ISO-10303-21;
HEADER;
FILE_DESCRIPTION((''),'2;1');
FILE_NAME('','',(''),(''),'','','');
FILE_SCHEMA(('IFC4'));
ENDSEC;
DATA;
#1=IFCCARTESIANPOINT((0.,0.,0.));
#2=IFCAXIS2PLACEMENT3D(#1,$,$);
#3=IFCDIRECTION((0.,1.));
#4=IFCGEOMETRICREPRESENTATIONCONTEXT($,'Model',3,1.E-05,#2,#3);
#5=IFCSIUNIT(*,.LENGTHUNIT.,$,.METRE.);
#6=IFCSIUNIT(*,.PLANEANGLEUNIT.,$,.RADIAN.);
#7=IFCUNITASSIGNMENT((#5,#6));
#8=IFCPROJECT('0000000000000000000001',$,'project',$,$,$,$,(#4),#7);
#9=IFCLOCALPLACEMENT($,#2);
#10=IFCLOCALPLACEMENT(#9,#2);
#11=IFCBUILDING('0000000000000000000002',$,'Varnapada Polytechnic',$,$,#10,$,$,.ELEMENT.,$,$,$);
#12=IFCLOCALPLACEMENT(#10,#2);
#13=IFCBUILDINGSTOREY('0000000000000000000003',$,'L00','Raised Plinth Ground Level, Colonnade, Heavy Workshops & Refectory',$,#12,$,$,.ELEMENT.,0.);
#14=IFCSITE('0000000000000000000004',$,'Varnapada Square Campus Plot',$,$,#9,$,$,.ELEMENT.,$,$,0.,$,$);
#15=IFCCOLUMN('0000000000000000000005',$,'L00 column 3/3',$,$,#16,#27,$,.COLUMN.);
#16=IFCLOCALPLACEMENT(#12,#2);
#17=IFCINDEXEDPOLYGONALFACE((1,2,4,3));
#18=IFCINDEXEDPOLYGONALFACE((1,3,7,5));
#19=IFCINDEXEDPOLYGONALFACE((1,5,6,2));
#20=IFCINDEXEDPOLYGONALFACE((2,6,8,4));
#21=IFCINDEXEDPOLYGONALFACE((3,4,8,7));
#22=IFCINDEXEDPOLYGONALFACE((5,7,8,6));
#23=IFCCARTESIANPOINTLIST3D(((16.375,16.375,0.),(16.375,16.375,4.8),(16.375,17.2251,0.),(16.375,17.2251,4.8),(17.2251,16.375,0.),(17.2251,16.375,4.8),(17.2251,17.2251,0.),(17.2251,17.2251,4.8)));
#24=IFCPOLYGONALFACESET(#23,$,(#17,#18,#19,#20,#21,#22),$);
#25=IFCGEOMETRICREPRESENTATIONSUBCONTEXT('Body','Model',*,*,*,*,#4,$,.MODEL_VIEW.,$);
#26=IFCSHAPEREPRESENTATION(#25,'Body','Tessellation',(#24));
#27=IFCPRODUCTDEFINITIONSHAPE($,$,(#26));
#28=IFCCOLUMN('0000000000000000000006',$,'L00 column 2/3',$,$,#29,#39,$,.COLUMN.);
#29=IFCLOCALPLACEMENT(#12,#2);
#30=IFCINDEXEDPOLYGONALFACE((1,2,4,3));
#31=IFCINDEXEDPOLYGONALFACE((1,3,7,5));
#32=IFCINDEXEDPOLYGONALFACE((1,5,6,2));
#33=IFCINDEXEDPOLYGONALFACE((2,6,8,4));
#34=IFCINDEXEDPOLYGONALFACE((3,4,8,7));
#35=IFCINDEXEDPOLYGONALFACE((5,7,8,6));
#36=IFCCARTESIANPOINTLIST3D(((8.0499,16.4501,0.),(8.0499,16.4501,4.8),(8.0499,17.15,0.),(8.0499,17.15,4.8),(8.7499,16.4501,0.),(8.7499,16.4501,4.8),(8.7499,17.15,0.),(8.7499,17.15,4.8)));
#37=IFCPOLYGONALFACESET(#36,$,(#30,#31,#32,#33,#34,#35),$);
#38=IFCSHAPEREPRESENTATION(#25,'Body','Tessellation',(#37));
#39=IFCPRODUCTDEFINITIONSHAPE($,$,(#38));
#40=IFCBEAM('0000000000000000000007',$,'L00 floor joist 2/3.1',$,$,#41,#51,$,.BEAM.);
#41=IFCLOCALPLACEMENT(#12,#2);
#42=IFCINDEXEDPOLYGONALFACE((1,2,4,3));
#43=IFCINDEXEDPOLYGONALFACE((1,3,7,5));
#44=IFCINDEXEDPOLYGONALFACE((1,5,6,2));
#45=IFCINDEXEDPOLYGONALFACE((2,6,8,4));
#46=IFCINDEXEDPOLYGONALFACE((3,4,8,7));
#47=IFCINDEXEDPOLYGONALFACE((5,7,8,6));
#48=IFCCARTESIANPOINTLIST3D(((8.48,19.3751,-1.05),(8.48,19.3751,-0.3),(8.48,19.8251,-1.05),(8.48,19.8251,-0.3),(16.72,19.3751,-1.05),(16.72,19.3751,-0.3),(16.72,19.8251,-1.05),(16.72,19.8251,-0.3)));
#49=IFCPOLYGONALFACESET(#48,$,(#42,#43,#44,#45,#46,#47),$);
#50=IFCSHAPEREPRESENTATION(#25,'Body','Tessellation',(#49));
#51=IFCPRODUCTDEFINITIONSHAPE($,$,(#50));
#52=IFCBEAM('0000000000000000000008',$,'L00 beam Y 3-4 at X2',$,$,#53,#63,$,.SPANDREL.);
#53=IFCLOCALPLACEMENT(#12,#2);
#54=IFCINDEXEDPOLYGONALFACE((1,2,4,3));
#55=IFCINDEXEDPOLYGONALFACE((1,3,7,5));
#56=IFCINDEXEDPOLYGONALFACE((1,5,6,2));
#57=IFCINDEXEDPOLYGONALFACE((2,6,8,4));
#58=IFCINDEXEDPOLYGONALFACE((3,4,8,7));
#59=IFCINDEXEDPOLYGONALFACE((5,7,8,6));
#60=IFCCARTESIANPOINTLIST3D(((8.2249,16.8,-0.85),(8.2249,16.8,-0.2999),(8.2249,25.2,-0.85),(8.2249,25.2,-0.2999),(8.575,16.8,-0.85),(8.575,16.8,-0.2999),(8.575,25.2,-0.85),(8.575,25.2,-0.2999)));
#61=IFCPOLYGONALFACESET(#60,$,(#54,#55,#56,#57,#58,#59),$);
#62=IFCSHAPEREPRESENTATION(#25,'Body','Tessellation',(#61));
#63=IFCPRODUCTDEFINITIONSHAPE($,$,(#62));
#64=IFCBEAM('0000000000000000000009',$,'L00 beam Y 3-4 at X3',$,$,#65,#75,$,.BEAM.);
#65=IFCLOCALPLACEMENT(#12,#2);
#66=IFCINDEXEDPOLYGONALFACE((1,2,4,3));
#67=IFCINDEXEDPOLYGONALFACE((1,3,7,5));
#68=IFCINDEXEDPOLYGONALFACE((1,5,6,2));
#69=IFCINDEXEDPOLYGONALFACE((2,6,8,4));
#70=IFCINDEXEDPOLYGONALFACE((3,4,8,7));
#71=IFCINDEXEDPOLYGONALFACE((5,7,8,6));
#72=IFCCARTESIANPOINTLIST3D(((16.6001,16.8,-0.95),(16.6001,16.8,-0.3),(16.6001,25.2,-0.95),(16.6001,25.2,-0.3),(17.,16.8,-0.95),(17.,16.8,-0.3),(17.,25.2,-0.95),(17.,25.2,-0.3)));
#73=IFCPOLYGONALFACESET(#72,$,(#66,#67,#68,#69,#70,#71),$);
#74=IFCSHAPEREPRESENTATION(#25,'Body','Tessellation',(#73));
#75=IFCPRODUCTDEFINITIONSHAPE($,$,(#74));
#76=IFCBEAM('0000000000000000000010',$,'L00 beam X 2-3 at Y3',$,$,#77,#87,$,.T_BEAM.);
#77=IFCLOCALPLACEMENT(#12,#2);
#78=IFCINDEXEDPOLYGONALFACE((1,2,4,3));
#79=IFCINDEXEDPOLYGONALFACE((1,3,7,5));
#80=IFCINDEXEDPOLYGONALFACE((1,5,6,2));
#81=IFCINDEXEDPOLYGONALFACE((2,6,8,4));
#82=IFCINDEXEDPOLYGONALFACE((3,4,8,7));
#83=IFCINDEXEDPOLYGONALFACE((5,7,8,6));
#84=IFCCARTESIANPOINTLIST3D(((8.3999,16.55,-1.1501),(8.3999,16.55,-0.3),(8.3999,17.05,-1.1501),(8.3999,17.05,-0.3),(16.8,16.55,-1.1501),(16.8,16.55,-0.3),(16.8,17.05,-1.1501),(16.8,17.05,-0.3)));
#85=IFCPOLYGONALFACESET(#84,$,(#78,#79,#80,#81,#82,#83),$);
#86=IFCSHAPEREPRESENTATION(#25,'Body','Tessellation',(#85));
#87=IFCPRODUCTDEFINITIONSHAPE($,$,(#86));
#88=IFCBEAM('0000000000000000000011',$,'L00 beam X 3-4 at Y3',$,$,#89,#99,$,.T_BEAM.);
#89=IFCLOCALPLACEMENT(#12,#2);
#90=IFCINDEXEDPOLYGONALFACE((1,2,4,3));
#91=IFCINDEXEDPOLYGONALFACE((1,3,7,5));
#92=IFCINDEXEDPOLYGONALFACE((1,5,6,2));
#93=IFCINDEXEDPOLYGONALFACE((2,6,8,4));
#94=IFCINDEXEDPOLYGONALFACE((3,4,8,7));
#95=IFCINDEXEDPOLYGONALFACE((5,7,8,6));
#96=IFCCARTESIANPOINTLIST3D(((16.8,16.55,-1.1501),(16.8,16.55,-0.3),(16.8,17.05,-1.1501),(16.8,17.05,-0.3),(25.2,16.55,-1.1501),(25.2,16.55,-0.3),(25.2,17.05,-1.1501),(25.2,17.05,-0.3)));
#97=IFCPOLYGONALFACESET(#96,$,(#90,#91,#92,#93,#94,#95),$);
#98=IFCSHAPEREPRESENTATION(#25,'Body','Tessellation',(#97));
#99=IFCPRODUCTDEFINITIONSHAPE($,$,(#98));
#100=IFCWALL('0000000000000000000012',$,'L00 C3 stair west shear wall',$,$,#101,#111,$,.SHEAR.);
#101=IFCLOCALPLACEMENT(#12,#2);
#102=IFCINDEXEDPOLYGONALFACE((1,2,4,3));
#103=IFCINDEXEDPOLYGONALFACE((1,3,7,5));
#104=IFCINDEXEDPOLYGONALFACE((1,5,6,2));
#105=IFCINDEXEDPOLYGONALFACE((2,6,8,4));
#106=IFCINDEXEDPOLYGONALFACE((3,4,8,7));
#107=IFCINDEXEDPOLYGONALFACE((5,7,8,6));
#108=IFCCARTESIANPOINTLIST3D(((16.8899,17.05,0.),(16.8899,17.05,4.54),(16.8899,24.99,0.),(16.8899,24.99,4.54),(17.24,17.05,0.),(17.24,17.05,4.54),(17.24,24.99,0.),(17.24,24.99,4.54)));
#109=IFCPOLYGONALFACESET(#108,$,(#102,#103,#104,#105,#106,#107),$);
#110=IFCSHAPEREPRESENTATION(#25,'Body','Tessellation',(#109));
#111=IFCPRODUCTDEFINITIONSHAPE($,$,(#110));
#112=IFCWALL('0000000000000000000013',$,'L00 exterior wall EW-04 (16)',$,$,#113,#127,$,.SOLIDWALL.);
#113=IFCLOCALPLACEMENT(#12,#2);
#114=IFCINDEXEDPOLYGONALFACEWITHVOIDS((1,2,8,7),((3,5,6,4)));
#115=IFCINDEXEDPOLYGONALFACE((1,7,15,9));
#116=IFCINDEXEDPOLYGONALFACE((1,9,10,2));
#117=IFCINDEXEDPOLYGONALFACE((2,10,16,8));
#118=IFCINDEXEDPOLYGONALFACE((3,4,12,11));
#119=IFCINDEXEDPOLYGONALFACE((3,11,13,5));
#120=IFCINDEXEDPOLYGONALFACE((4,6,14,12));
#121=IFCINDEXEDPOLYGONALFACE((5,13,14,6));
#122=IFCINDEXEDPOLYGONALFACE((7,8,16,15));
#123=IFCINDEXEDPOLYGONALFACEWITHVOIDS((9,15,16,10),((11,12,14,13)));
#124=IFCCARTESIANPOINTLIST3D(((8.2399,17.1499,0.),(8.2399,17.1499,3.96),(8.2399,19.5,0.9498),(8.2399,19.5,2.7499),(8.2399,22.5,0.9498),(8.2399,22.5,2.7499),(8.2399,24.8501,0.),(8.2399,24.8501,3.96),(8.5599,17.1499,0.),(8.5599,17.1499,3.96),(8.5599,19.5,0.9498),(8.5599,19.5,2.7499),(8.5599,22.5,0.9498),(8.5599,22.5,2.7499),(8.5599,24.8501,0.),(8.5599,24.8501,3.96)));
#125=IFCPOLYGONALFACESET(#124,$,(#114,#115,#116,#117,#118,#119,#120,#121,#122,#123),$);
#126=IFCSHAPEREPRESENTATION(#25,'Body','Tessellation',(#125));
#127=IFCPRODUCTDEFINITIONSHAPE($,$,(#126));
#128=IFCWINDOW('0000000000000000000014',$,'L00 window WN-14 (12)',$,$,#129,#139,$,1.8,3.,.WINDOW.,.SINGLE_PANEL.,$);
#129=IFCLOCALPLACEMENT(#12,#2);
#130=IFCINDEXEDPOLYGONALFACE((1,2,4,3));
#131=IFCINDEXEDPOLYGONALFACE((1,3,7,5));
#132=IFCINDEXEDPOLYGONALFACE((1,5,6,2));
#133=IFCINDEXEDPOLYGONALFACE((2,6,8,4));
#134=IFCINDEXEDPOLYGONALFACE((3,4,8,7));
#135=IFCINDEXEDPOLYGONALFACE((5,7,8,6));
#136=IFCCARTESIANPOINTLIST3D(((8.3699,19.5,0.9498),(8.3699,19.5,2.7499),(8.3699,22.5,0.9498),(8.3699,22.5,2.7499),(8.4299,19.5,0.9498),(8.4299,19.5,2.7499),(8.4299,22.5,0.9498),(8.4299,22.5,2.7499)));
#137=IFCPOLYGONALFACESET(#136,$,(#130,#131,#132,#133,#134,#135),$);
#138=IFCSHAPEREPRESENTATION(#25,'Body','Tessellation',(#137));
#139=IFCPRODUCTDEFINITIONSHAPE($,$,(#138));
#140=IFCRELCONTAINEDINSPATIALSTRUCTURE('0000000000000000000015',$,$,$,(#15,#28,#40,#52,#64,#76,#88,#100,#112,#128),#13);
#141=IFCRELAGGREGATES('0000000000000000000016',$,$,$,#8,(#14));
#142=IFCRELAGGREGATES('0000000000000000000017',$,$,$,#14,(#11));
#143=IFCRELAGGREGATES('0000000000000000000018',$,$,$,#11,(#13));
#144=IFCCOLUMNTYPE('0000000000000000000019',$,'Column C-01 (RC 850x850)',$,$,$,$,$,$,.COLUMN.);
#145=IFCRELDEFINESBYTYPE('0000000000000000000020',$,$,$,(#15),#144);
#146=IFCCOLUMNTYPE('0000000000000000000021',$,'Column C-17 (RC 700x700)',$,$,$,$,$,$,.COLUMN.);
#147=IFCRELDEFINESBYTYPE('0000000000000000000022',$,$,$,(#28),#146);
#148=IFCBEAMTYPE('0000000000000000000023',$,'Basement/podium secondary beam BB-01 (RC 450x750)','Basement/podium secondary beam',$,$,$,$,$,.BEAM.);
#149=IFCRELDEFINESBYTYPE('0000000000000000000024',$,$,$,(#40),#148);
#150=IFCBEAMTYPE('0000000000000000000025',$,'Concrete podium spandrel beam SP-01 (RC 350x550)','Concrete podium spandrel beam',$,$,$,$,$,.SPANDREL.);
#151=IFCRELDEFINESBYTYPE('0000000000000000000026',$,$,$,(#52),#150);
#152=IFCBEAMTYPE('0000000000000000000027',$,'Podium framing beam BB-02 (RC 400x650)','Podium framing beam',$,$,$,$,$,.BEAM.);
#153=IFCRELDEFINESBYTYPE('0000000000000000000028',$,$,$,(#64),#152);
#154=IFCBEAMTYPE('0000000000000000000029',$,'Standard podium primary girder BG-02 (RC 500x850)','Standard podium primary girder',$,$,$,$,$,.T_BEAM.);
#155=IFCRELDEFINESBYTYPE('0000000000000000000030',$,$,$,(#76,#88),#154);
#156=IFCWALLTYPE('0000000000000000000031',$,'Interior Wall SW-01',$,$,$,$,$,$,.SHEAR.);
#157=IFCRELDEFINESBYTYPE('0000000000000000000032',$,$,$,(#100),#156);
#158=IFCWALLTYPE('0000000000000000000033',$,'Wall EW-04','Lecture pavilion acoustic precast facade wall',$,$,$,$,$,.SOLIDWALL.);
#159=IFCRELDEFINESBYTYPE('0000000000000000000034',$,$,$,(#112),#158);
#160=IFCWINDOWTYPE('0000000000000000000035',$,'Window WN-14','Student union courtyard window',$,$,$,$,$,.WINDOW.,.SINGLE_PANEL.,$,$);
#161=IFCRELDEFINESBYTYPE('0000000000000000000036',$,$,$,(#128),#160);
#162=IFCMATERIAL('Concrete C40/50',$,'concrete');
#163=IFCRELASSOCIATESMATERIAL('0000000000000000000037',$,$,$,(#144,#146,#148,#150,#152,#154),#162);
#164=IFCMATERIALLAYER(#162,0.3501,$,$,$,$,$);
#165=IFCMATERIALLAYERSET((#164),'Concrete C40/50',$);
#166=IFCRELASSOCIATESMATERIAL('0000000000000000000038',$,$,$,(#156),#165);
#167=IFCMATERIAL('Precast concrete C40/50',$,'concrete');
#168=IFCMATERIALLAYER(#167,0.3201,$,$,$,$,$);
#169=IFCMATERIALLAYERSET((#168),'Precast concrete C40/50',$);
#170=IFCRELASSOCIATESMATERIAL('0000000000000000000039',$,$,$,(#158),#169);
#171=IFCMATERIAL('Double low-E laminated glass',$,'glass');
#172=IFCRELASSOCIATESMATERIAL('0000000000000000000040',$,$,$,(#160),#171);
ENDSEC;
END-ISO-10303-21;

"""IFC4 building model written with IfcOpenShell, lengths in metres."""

from ifc_helpers import new_model, si_unit, direction, frame, frame_2d, origin, origin_2d, place, context, subcontext, project, spatial, rectangle, extrude, material, layer, layer_set, material_profile, profile_set, type_object, element, fill, save


model = new_model("IFC4")

# Units and contexts
model_context = context("Model", 3, precision=1e-05, world=origin(), true_north=direction((0.0, 1.0)))
body_context = subcontext(model_context, "Body", "Model", "MODEL_VIEW")
ifc_project = project(units=[si_unit("LENGTHUNIT", "METRE"), si_unit("PLANEANGLEUNIT", "RADIAN")], contexts=[model_context])

# Site, building, storey
site_placement = place(None, origin())
site = spatial("IfcSite", under=ifc_project, at=site_placement, Name="Varnapada Square Campus Plot", CompositionType="ELEMENT", RefElevation=0.0)
building_placement = place(site_placement, origin())
building = spatial("IfcBuilding", under=site, at=building_placement, Name="Varnapada Polytechnic", CompositionType="ELEMENT")
storey_placement = place(building_placement, origin())
storey = spatial("IfcBuildingStorey", under=building, at=storey_placement, Name="L00", Description="Raised Plinth Ground Level, Colonnade, Heavy Workshops & Refectory", CompositionType="ELEMENT", Elevation=0.0)

# Columns
ifc_material_1 = material(Name="Concrete C40/50", Category="concrete")
ifc_material_profile_1 = material_profile(ifc_material_1, rectangle(XDim=0.8501, YDim=0.8501, at=origin_2d()), Name="RC 850x850")
ifc_profile_set_1 = profile_set([ifc_material_profile_1], Name="Concrete C40/50")
column_type_1 = type_object("IfcColumnType", Name="Column C-01 (RC 850x850)", PredefinedType="COLUMN", material=ifc_profile_set_1)
column_1_placement = place(storey_placement, frame((16.8, 16.8, 0.0), z_axis=(0.0, 0.0, 1.0), x_axis=(1.0, 0.0, 0.0)))
element("IfcColumn", 1, at=column_1_placement, inside=storey, type_object=column_type_1, Name="L00 column 3/3", PredefinedType="COLUMN", context=body_context, shape_type="SweptSolid", body=[
    extrude(rectangle(XDim=0.8501, YDim=0.8501, at=origin_2d()), origin(), (0.0, 0.0, 1.0), 4.8),
])
ifc_material_profile_2 = material_profile(ifc_material_1, rectangle(XDim=0.7, YDim=0.7, at=origin_2d()), Name="RC 700x700")
ifc_profile_set_2 = profile_set([ifc_material_profile_2], Name="Concrete C40/50")
column_type_2 = type_object("IfcColumnType", Name="Column C-17 (RC 700x700)", PredefinedType="COLUMN", material=ifc_profile_set_2)
column_2_placement = place(storey_placement, frame((8.3999, 16.8, 0.0), z_axis=(0.0, 0.0, 1.0), x_axis=(1.0, 0.0, 0.0)))
element("IfcColumn", 2, at=column_2_placement, inside=storey, type_object=column_type_2, Name="L00 column 2/3", PredefinedType="COLUMN", context=body_context, shape_type="SweptSolid", body=[
    extrude(rectangle(XDim=0.7, YDim=0.7, at=origin_2d()), origin(), (0.0, 0.0, 1.0), 4.8),
])

# Beams
ifc_material_profile_3 = material_profile(ifc_material_1, rectangle(XDim=0.45, YDim=0.75, at=origin_2d()), Name="RC 450x750")
ifc_profile_set_3 = profile_set([ifc_material_profile_3], Name="Concrete C40/50")
beam_type_1 = type_object("IfcBeamType", Name="Basement/podium secondary beam BB-01 (RC 450x750)", Description="Basement/podium secondary beam", PredefinedType="BEAM", material=ifc_profile_set_3)
beam_1_placement = place(storey_placement, frame((8.48, 19.6001, -0.675), z_axis=(1.0, 0.0, 0.0), x_axis=(0.0, 1.0, 0.0)))
element("IfcBeam", 3, at=beam_1_placement, inside=storey, type_object=beam_type_1, Name="L00 floor joist 2/3.1", PredefinedType="BEAM", context=body_context, shape_type="SweptSolid", body=[
    extrude(rectangle(XDim=0.45, YDim=0.75, at=origin_2d()), origin(), (0.0, 0.0, 1.0), 8.24),
])
ifc_material_profile_4 = material_profile(ifc_material_1, rectangle(XDim=0.3501, YDim=0.55, at=origin_2d()), Name="RC 350x550")
ifc_profile_set_4 = profile_set([ifc_material_profile_4], Name="Concrete C40/50")
beam_type_2 = type_object("IfcBeamType", Name="Concrete podium spandrel beam SP-01 (RC 350x550)", Description="Concrete podium spandrel beam", PredefinedType="SPANDREL", material=ifc_profile_set_4)
beam_2_placement = place(storey_placement, frame((8.3999, 16.8, -0.575), z_axis=(0.0, 1.0, 0.0), x_axis=(-1.0, 0.0, 0.0)))
element("IfcBeam", 4, at=beam_2_placement, inside=storey, type_object=beam_type_2, Name="L00 beam Y 3-4 at X2", PredefinedType="SPANDREL", context=body_context, shape_type="SweptSolid", body=[
    extrude(rectangle(XDim=0.3501, YDim=0.55, at=origin_2d()), origin(), (0.0, 0.0, 1.0), 8.3999),
])
ifc_material_profile_5 = material_profile(ifc_material_1, rectangle(XDim=0.3999, YDim=0.6499, at=origin_2d()), Name="RC 400x650")
ifc_profile_set_5 = profile_set([ifc_material_profile_5], Name="Concrete C40/50")
beam_type_3 = type_object("IfcBeamType", Name="Podium framing beam BB-02 (RC 400x650)", Description="Podium framing beam", PredefinedType="BEAM", material=ifc_profile_set_5)
beam_3_placement = place(storey_placement, frame((16.8, 16.8, -0.625), z_axis=(0.0, 1.0, 0.0), x_axis=(-1.0, 0.0, 0.0)))
element("IfcBeam", 5, at=beam_3_placement, inside=storey, type_object=beam_type_3, Name="L00 beam Y 3-4 at X3", PredefinedType="BEAM", context=body_context, shape_type="SweptSolid", body=[
    extrude(rectangle(XDim=0.3999, YDim=0.6499, at=origin_2d()), origin(), (0.0, 0.0, 1.0), 8.3999),
])
ifc_material_profile_6 = material_profile(ifc_material_1, rectangle(XDim=0.5, YDim=0.8501, at=origin_2d()), Name="RC 500x850")
ifc_profile_set_6 = profile_set([ifc_material_profile_6], Name="Concrete C40/50")
beam_type_4 = type_object("IfcBeamType", Name="Standard podium primary girder BG-02 (RC 500x850)", Description="Standard podium primary girder", PredefinedType="T_BEAM", material=ifc_profile_set_6)
beam_4_placement = place(storey_placement, frame((8.3999, 16.8, -0.7251), z_axis=(1.0, 0.0, 0.0), x_axis=(0.0, 1.0, 0.0)))
element("IfcBeam", 6, at=beam_4_placement, inside=storey, type_object=beam_type_4, Name="L00 beam X 2-3 at Y3", PredefinedType="T_BEAM", context=body_context, shape_type="SweptSolid", body=[
    extrude(rectangle(XDim=0.5, YDim=0.8501, at=origin_2d()), origin(), (0.0, 0.0, 1.0), 8.4001),
])
beam_5_placement = place(storey_placement, frame((16.8, 16.8, -0.7251), z_axis=(1.0, 0.0, 0.0), x_axis=(0.0, 1.0, 0.0)))
element("IfcBeam", 7, at=beam_5_placement, inside=storey, type_object=beam_type_4, Name="L00 beam X 3-4 at Y3", PredefinedType="T_BEAM", context=body_context, shape_type="SweptSolid", body=[
    extrude(rectangle(XDim=0.5, YDim=0.8501, at=origin_2d()), origin(), (0.0, 0.0, 1.0), 8.3999),
])

# Wall
ifc_layer_1 = layer(ifc_material_1, 0.3501)
ifc_layer_set_1 = layer_set([ifc_layer_1], Name="Concrete C40/50")
wall_type_1 = type_object("IfcWallType", Name="Interior Wall SW-01", PredefinedType="SHEAR", material=ifc_layer_set_1)
wall_1_placement = place(storey_placement, frame((17.0649, 17.05, 0.0), z_axis=(0.0, 0.0, 1.0), x_axis=(0.0, 1.0, 0.0)))
element("IfcWall", 8, at=wall_1_placement, inside=storey, type_object=wall_type_1, Name="L00 C3 stair west shear wall", PredefinedType="SHEAR", context=body_context, shape_type="SweptSolid", body=[
    extrude(rectangle(XDim=7.9399, YDim=0.3501, at=frame_2d((3.97, 0.0))), origin(), (0.0, 0.0, 1.0), 4.54),
])

# Wall, opening, window
ifc_material_2 = material(Name="Precast concrete C40/50", Category="concrete")
ifc_layer_2 = layer(ifc_material_2, 0.3201)
ifc_layer_set_2 = layer_set([ifc_layer_2], Name="Precast concrete C40/50")
wall_type_2 = type_object("IfcWallType", Name="Wall EW-04", Description="Lecture pavilion acoustic precast facade wall", PredefinedType="SOLIDWALL", material=ifc_layer_set_2)
wall_2_placement = place(storey_placement, frame((8.3999, 17.1499, 0.0), z_axis=(0.0, 0.0, 1.0), x_axis=(0.0, 1.0, 0.0)))
wall_2 = element("IfcWall", 9, at=wall_2_placement, inside=storey, type_object=wall_type_2, Name="L00 exterior wall EW-04 (16)", PredefinedType="SOLIDWALL", context=body_context, shape_type="SweptSolid", body=[
    extrude(rectangle(XDim=7.7002, YDim=0.3201, at=frame_2d((3.8501, 0.0))), origin(), (0.0, 0.0, 1.0), 3.96),
])
opening_1_placement = place(wall_2_placement, frame((2.3501, 0.0, 0.95)))
opening_1 = element("IfcOpeningElement", 10, at=opening_1_placement, cuts=wall_2, PredefinedType="OPENING", context=body_context, shape_type="SweptSolid", body=[
    extrude(rectangle(XDim=3.0, YDim=1.8, at=frame_2d((1.5, 0.8999))), frame((0.0, 0.1699, 0.0), z_axis=(0.0, -1.0, 0.0), x_axis=(1.0, 0.0, 0.0)), (0.0, 0.0, 1.0), 0.3401),
])
ifc_material_3 = material(Name="Double low-E laminated glass", Category="glass")
window_type = type_object("IfcWindowType", Name="Window WN-14", Description="Student union courtyard window", PartitioningType="SINGLE_PANEL", PredefinedType="WINDOW", material=ifc_material_3)
window_placement = place(opening_1_placement, origin())
window = element("IfcWindow", 11, at=window_placement, inside=storey, type_object=window_type, Name="L00 window WN-14 (12)", OverallHeight=1.8, OverallWidth=3.0, PartitioningType="SINGLE_PANEL", PredefinedType="WINDOW", context=body_context, shape_type="SweptSolid", body=[
    extrude(rectangle(XDim=3.0, YDim=1.8, at=frame_2d((1.5, 0.8999))), frame((0.0, 0.03, 0.0), z_axis=(0.0, -1.0, 0.0), x_axis=(1.0, 0.0, 0.0)), (0.0, 0.0, 1.0), 0.0601),
])
fill(opening_1, window)

save(model, "model.ifc")
